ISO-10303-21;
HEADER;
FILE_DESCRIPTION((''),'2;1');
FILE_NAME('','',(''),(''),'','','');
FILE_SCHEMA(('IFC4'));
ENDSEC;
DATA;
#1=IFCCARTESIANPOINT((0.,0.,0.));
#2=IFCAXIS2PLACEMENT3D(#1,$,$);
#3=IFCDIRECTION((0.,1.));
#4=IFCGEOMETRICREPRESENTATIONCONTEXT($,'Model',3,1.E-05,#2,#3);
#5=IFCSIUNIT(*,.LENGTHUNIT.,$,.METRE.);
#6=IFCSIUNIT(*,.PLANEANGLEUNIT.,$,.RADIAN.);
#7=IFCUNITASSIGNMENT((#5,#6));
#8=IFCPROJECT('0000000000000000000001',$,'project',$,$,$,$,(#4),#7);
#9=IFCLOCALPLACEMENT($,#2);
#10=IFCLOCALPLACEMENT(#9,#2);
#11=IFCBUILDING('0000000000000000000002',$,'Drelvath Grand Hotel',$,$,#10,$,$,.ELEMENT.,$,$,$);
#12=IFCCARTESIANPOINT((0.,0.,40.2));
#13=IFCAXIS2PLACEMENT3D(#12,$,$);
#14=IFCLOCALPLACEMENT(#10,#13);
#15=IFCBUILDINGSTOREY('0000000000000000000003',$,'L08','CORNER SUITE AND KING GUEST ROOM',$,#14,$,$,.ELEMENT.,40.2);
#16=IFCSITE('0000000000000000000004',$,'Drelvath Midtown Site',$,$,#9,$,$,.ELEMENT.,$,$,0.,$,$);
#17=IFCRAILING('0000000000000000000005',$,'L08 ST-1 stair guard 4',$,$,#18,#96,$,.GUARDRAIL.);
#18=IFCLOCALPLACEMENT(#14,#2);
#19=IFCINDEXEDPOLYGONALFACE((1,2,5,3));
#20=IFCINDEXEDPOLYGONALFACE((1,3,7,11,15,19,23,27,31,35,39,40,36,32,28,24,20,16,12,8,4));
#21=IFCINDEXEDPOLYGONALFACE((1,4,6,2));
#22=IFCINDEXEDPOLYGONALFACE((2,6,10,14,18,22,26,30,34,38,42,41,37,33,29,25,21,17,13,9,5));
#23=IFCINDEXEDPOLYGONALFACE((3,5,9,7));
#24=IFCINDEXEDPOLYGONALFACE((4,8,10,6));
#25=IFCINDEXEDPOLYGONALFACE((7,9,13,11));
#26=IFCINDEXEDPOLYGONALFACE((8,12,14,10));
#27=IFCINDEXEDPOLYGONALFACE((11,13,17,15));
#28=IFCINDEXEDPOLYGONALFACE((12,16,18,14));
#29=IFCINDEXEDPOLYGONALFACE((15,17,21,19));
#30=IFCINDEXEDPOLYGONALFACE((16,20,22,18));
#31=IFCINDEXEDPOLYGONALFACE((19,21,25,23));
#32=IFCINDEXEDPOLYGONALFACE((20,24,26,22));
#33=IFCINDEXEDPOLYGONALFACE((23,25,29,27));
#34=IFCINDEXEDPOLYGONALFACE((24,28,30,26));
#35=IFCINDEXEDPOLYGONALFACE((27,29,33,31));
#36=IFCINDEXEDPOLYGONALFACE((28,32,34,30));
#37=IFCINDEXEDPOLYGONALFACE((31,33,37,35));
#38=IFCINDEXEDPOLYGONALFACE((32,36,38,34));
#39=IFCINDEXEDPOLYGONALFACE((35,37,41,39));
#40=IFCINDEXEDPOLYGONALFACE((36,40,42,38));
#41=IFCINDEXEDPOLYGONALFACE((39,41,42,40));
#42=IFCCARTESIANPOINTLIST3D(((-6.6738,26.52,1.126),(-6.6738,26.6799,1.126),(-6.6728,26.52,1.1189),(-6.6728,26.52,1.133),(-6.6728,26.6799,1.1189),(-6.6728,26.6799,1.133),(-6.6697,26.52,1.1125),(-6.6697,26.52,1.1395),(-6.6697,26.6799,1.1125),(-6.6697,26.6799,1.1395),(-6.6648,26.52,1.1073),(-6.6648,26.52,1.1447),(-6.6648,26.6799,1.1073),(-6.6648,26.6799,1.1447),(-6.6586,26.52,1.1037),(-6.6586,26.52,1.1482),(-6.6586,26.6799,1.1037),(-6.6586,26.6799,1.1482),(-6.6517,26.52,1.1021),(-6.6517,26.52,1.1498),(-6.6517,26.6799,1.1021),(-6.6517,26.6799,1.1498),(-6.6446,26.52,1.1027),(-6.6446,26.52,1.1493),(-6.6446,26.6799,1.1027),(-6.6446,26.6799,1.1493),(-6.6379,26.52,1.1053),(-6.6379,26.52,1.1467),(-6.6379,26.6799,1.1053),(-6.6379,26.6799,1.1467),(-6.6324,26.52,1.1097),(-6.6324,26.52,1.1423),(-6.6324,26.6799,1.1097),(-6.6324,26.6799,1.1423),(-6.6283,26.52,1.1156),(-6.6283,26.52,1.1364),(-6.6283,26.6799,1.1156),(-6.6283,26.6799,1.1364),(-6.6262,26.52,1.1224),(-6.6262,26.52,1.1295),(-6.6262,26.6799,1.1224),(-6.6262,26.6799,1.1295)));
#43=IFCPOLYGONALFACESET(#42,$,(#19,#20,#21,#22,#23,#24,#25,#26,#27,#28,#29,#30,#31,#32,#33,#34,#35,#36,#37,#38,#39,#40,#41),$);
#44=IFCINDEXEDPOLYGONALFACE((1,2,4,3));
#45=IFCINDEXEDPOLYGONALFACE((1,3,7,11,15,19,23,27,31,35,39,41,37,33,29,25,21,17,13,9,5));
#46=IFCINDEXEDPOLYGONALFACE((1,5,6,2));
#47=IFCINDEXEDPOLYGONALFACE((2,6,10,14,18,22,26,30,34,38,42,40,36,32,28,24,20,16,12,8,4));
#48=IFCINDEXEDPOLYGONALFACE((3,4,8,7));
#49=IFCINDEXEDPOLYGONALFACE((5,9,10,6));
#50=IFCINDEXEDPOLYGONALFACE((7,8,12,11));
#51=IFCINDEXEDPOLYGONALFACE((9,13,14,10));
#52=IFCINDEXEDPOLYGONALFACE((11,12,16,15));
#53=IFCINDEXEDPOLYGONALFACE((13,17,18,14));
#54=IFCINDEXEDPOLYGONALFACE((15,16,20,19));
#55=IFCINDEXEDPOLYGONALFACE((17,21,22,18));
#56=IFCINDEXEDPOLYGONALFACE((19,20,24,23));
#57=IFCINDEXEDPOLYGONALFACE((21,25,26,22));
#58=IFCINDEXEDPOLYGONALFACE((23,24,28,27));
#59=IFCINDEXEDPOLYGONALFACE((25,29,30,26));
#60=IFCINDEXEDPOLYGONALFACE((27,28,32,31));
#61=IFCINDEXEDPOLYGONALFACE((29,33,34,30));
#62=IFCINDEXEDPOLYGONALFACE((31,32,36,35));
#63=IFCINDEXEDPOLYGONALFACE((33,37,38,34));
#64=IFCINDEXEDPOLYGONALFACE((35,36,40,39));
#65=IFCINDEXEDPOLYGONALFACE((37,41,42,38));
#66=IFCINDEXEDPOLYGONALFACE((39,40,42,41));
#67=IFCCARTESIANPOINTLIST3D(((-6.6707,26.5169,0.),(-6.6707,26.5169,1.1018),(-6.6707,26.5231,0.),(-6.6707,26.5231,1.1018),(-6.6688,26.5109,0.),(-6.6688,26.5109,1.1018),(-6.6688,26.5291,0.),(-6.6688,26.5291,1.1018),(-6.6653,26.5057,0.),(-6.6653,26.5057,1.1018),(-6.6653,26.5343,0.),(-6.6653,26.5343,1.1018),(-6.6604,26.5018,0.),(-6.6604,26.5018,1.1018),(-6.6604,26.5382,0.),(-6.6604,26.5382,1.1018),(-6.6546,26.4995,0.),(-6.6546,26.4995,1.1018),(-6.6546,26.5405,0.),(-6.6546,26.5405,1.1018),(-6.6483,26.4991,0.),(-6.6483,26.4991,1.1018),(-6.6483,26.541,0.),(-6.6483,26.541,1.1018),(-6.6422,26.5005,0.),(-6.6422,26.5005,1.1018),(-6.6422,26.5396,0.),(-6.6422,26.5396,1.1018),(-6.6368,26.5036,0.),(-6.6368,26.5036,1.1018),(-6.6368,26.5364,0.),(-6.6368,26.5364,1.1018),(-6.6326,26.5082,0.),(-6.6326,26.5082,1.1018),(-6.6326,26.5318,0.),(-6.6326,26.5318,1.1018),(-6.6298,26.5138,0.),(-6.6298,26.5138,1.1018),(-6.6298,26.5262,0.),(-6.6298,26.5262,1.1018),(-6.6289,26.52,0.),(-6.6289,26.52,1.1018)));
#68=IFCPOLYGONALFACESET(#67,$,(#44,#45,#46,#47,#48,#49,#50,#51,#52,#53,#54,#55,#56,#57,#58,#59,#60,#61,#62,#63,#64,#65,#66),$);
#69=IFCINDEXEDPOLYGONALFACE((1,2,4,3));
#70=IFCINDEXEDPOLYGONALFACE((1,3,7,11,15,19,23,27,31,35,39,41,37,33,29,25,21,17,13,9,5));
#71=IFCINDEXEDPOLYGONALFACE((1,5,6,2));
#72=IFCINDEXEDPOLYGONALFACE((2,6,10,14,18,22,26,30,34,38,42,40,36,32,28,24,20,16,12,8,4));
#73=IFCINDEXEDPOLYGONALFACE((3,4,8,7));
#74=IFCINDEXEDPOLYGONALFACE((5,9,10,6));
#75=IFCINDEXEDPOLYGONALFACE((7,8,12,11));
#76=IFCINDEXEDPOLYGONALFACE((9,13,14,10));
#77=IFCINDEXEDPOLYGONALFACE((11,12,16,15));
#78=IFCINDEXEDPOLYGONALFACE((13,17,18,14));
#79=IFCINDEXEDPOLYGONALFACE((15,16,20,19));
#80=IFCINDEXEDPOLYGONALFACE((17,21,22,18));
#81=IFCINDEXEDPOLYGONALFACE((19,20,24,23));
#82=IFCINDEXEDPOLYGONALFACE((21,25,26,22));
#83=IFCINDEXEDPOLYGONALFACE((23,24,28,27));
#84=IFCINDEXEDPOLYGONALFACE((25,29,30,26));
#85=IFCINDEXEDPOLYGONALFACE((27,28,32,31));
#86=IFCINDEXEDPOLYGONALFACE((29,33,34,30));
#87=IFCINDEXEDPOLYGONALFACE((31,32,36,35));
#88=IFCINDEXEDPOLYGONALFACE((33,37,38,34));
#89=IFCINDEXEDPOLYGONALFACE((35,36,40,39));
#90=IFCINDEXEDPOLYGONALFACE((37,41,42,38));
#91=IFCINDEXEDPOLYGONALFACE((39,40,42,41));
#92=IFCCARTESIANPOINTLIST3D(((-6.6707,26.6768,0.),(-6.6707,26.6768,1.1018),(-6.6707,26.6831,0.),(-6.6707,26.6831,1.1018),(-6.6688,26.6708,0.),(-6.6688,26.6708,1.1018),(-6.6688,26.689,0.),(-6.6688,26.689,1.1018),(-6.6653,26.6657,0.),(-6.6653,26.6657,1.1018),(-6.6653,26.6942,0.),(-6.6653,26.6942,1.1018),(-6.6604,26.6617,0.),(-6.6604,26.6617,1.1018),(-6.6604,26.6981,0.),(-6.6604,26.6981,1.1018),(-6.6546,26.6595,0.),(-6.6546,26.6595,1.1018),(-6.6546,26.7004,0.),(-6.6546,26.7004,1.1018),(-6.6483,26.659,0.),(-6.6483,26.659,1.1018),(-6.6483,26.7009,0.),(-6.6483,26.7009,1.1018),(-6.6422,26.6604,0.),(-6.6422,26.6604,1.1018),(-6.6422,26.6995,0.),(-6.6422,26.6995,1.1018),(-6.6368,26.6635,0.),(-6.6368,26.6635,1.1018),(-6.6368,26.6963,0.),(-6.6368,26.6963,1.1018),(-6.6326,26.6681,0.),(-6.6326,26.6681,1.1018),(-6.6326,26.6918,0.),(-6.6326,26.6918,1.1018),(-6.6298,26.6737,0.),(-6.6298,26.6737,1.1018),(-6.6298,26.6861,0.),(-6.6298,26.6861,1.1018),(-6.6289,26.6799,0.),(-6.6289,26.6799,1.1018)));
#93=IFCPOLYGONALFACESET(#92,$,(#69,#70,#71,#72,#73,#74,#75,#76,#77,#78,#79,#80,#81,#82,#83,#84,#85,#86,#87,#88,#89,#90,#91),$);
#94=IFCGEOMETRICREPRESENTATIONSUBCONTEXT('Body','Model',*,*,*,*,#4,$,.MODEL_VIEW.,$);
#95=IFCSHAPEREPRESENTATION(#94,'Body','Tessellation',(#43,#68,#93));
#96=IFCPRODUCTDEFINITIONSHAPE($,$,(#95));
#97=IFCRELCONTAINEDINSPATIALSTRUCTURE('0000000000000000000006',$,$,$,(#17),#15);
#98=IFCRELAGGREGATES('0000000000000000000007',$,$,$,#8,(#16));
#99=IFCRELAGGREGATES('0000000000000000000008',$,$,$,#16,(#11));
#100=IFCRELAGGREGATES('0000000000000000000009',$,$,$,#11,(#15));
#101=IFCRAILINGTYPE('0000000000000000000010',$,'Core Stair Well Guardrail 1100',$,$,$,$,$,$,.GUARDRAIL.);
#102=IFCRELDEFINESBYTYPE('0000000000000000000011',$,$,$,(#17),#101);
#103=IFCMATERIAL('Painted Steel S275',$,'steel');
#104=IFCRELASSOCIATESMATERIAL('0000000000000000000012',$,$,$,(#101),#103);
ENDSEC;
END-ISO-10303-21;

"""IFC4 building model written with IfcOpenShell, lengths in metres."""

from ifc_helpers import new_model, si_unit, direction, frame, origin, origin_2d, place, context, subcontext, project, spatial, circle, extrude, material, type_object, element, save


model = new_model("IFC4")

# Units and contexts
model_context = context("Model", 3, precision=1e-05, world=origin(), true_north=direction((0.0, 1.0)))
body_context = subcontext(model_context, "Body", "Model", "MODEL_VIEW")
ifc_project = project(units=[si_unit("LENGTHUNIT", "METRE"), si_unit("PLANEANGLEUNIT", "RADIAN")], contexts=[model_context])

# Site, building, storey
site_placement = place(None, origin())
site = spatial("IfcSite", under=ifc_project, at=site_placement, Name="Drelvath Midtown Site", CompositionType="ELEMENT", RefElevation=0.0)
building_placement = place(site_placement, origin())
building = spatial("IfcBuilding", under=site, at=building_placement, Name="Drelvath Grand Hotel", CompositionType="ELEMENT")
storey_placement = place(building_placement, frame((0.0, 0.0, 40.2)))
storey = spatial("IfcBuildingStorey", under=building, at=storey_placement, Name="L08", Description="CORNER SUITE AND KING GUEST ROOM", CompositionType="ELEMENT", Elevation=40.2)

# Shared definitions
ifc_material_1 = material(Name="Painted Steel S275", Category="steel")

# Railing
railing_type_1 = type_object("IfcRailingType", Name="Core Stair Well Guardrail 1100", PredefinedType="GUARDRAIL", material=ifc_material_1)
railing_1_placement = place(storey_placement, frame((-6.6499, 26.52, 0.0)))
element("IfcRailing", 1, at=railing_1_placement, inside=storey, type_object=railing_type_1, Name="L08 ST-1 stair guard 4", PredefinedType="GUARDRAIL", context=body_context, shape_type="SweptSolid", body=[
    extrude(circle(Radius=0.0239, at=origin_2d()), frame((0.0, 0.0, 1.126), z_axis=(0.0, 1.0, 0.0), x_axis=(-1.0, 0.0, 0.0)), (0.0, 0.0, 1.0), 0.1599),
    extrude(circle(Radius=0.021, at=origin_2d()), origin(), (0.0, 0.0, 1.0), 1.1018),
    extrude(circle(Radius=0.021, at=origin_2d()), frame((0.0, 0.1599, 0.0)), (0.0, 0.0, 1.0), 1.1018),
])

save(model, "model.ifc")
